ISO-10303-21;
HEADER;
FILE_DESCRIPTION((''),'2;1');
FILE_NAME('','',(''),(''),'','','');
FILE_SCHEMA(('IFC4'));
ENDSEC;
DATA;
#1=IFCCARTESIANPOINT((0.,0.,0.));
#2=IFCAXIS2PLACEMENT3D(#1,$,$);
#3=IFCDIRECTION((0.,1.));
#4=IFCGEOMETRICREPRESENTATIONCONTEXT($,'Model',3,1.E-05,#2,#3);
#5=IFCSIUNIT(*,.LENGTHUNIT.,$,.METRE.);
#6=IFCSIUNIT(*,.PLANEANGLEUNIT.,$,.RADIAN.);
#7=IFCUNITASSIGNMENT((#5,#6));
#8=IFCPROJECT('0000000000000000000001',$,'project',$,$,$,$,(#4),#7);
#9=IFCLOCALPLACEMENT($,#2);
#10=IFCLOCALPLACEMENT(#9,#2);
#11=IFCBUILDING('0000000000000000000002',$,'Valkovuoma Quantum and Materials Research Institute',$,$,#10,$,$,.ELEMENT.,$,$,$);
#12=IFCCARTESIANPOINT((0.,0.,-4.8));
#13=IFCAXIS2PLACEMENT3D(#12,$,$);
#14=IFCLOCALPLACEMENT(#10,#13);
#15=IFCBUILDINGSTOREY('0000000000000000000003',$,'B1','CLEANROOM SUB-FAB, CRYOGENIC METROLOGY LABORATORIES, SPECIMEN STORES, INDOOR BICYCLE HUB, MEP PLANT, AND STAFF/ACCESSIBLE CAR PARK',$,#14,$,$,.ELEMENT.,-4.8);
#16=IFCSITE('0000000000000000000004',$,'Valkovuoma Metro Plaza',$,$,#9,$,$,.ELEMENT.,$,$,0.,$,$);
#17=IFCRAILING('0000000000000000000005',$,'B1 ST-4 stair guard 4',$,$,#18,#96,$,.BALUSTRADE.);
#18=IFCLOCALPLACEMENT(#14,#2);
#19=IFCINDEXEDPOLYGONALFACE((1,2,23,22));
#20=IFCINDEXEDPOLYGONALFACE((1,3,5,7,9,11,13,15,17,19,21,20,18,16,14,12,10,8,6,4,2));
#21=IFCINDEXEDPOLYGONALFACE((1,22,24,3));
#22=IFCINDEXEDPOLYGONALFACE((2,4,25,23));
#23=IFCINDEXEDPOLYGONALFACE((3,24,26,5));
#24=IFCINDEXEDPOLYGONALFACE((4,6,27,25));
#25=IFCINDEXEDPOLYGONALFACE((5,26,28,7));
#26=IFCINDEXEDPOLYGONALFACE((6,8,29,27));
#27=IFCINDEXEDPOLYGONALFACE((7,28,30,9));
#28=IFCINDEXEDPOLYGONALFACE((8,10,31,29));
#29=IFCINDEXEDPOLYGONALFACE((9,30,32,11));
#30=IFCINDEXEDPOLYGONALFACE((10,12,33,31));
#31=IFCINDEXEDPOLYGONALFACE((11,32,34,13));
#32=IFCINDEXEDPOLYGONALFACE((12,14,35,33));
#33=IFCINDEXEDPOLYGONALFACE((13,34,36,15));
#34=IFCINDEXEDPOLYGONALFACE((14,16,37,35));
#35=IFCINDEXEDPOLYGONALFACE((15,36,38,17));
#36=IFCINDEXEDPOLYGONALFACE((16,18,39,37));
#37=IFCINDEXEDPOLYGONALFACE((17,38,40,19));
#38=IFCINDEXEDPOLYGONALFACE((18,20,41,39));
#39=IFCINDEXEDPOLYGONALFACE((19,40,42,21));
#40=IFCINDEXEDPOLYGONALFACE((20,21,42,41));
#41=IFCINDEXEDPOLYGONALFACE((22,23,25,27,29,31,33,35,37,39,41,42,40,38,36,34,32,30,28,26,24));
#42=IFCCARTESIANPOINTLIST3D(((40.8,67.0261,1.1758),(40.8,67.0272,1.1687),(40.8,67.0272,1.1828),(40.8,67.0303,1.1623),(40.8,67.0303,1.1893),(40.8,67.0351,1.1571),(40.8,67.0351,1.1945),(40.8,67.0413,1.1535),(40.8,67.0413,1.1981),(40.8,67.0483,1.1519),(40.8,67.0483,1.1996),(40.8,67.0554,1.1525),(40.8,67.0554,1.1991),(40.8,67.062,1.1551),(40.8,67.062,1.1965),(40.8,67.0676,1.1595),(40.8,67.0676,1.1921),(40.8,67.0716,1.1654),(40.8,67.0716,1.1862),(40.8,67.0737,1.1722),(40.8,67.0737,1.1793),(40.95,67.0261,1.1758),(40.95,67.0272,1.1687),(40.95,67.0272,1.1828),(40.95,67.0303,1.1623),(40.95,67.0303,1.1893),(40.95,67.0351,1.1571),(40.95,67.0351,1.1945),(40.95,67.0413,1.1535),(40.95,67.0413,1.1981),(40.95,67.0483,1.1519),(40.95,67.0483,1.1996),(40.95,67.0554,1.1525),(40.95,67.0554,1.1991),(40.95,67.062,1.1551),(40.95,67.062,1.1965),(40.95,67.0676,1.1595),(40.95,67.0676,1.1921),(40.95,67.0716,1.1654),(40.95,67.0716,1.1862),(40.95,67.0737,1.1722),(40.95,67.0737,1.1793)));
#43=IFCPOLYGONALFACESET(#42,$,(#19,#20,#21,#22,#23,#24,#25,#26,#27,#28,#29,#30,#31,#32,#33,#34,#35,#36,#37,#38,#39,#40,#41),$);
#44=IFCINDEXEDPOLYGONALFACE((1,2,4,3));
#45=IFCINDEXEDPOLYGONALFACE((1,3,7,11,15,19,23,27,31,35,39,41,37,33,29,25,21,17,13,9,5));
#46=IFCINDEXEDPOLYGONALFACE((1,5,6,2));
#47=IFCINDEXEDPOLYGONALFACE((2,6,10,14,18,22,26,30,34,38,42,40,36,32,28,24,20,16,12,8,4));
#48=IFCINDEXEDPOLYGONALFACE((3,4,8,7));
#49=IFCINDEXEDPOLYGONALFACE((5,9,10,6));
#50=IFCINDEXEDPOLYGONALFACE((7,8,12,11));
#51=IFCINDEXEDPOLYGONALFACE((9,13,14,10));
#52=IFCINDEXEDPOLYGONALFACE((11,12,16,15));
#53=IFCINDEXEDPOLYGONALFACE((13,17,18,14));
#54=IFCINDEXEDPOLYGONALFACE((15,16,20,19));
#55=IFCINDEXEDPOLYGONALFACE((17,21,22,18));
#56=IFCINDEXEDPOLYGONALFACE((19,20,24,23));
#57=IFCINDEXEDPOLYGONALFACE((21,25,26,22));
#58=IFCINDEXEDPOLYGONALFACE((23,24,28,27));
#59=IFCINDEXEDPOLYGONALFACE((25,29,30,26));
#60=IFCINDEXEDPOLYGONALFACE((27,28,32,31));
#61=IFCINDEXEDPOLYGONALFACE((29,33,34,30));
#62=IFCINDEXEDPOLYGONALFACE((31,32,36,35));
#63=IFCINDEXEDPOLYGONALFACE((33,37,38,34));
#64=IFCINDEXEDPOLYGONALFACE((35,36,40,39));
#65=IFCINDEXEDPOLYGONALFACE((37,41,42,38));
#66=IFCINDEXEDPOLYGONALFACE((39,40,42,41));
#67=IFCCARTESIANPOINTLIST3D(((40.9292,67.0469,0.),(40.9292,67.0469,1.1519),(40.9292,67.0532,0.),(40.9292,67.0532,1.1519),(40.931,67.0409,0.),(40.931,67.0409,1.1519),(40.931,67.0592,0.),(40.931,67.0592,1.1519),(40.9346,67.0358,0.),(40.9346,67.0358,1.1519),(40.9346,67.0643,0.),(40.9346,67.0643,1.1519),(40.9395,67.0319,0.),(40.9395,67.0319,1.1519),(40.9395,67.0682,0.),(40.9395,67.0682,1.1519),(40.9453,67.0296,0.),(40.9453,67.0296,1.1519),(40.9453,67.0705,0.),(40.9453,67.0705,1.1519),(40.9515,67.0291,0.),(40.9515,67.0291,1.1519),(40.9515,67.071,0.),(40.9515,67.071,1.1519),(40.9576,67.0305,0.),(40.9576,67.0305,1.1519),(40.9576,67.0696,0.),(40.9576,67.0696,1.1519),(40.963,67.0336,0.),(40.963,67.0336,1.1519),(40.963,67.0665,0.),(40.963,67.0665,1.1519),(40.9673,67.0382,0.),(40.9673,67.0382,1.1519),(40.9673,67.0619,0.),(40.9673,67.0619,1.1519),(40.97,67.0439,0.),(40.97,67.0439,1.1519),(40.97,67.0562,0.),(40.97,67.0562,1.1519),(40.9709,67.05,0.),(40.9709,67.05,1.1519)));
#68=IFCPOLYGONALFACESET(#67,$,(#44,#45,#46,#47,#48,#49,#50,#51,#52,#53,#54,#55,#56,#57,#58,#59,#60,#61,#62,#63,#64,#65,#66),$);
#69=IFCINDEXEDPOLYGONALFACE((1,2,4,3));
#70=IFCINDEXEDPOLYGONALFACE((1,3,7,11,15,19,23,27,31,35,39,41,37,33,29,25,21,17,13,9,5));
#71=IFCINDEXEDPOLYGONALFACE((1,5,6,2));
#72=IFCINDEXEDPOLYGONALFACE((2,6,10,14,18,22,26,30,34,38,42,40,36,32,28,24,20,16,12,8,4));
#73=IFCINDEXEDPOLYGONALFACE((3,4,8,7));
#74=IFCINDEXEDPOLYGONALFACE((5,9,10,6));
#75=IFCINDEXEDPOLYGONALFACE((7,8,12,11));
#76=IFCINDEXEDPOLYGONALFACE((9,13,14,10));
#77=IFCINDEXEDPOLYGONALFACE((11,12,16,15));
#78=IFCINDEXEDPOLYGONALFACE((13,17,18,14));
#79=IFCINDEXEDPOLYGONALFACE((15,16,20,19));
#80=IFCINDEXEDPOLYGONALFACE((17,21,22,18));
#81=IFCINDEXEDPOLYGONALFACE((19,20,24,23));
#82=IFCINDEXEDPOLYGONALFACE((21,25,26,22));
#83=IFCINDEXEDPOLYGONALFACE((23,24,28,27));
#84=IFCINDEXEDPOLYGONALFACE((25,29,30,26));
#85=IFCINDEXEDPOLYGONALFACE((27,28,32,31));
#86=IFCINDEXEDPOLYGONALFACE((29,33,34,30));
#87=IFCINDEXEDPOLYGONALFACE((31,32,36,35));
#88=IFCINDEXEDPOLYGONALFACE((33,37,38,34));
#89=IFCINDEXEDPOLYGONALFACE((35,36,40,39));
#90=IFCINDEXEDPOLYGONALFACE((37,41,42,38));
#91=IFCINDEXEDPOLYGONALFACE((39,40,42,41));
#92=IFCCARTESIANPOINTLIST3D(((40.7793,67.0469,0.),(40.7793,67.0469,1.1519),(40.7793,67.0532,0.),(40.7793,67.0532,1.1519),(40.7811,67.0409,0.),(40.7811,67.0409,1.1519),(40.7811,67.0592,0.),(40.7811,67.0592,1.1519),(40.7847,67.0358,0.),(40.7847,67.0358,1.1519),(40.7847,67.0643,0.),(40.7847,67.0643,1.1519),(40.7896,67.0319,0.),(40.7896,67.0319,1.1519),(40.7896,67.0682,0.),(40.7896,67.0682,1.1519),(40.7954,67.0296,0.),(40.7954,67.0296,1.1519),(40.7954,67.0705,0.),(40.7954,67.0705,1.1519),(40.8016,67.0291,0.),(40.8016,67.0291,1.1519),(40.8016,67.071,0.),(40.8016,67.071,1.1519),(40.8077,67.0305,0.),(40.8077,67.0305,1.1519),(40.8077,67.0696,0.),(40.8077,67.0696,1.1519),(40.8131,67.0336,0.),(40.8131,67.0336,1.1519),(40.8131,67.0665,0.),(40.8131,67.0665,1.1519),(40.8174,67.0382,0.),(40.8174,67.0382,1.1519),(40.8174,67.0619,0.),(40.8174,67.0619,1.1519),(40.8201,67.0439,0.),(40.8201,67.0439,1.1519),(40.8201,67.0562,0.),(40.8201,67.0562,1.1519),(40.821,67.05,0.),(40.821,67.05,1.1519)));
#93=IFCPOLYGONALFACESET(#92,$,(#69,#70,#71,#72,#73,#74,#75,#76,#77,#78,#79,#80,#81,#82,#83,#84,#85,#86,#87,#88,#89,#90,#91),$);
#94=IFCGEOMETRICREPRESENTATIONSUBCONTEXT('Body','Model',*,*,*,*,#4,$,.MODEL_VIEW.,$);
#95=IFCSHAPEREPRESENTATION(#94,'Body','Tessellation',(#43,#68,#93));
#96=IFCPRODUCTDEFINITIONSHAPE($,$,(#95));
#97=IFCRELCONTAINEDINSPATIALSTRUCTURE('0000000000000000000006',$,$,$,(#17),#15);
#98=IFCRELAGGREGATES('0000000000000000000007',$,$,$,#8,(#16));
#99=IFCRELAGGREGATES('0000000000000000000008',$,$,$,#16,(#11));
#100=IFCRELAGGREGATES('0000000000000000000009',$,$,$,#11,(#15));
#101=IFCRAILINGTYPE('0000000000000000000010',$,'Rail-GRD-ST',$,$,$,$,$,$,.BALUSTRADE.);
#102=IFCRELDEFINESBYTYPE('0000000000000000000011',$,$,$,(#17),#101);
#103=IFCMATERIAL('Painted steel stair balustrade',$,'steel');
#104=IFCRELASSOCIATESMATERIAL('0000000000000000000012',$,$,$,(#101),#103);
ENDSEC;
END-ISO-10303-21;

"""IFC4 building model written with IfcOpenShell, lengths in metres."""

from ifc_helpers import new_model, si_unit, direction, frame, origin, origin_2d, place, context, subcontext, project, spatial, circle, extrude, material, type_object, element, save


model = new_model("IFC4")

# Units and contexts
model_context = context("Model", 3, precision=1e-05, world=origin(), true_north=direction((0.0, 1.0)))
body_context = subcontext(model_context, "Body", "Model", "MODEL_VIEW")
ifc_project = project(units=[si_unit("LENGTHUNIT", "METRE"), si_unit("PLANEANGLEUNIT", "RADIAN")], contexts=[model_context])

# Site, building, storey
site_placement = place(None, origin())
site = spatial("IfcSite", under=ifc_project, at=site_placement, Name="Valkovuoma Metro Plaza", CompositionType="ELEMENT", RefElevation=0.0)
building_placement = place(site_placement, origin())
building = spatial("IfcBuilding", under=site, at=building_placement, Name="Valkovuoma Quantum and Materials Research Institute", CompositionType="ELEMENT")
storey_placement = place(building_placement, frame((0.0, 0.0, -4.8)))
storey = spatial("IfcBuildingStorey", under=building, at=storey_placement, Name="B1", Description="CLEANROOM SUB-FAB, CRYOGENIC METROLOGY LABORATORIES, SPECIMEN STORES, INDOOR BICYCLE HUB, MEP PLANT, AND STAFF/ACCESSIBLE CAR PARK", CompositionType="ELEMENT", Elevation=-4.8)

# Railing
ifc_material_1 = material(Name="Painted steel stair balustrade", Category="steel")
railing_type_1 = type_object("IfcRailingType", Name="Rail-GRD-ST", PredefinedType="BALUSTRADE", material=ifc_material_1)
railing_1_placement = place(storey_placement, frame((40.95, 67.05, 0.0)))
element("IfcRailing", 1, at=railing_1_placement, inside=storey, type_object=railing_type_1, Name="B1 ST-4 stair guard 4", PredefinedType="BALUSTRADE", context=body_context, shape_type="SweptSolid", body=[
    extrude(circle(Radius=0.0239, at=origin_2d()), frame((0.0, 0.0, 1.1758), z_axis=(-1.0, 0.0, 0.0), x_axis=(0.0, -1.0, 0.0)), (0.0, 0.0, 1.0), 0.1499),
    extrude(circle(Radius=0.021, at=origin_2d()), origin(), (0.0, 0.0, 1.0), 1.1519),
    extrude(circle(Radius=0.021, at=origin_2d()), frame((-0.1499, 0.0, 0.0)), (0.0, 0.0, 1.0), 1.1519),
])

save(model, "model.ifc")
